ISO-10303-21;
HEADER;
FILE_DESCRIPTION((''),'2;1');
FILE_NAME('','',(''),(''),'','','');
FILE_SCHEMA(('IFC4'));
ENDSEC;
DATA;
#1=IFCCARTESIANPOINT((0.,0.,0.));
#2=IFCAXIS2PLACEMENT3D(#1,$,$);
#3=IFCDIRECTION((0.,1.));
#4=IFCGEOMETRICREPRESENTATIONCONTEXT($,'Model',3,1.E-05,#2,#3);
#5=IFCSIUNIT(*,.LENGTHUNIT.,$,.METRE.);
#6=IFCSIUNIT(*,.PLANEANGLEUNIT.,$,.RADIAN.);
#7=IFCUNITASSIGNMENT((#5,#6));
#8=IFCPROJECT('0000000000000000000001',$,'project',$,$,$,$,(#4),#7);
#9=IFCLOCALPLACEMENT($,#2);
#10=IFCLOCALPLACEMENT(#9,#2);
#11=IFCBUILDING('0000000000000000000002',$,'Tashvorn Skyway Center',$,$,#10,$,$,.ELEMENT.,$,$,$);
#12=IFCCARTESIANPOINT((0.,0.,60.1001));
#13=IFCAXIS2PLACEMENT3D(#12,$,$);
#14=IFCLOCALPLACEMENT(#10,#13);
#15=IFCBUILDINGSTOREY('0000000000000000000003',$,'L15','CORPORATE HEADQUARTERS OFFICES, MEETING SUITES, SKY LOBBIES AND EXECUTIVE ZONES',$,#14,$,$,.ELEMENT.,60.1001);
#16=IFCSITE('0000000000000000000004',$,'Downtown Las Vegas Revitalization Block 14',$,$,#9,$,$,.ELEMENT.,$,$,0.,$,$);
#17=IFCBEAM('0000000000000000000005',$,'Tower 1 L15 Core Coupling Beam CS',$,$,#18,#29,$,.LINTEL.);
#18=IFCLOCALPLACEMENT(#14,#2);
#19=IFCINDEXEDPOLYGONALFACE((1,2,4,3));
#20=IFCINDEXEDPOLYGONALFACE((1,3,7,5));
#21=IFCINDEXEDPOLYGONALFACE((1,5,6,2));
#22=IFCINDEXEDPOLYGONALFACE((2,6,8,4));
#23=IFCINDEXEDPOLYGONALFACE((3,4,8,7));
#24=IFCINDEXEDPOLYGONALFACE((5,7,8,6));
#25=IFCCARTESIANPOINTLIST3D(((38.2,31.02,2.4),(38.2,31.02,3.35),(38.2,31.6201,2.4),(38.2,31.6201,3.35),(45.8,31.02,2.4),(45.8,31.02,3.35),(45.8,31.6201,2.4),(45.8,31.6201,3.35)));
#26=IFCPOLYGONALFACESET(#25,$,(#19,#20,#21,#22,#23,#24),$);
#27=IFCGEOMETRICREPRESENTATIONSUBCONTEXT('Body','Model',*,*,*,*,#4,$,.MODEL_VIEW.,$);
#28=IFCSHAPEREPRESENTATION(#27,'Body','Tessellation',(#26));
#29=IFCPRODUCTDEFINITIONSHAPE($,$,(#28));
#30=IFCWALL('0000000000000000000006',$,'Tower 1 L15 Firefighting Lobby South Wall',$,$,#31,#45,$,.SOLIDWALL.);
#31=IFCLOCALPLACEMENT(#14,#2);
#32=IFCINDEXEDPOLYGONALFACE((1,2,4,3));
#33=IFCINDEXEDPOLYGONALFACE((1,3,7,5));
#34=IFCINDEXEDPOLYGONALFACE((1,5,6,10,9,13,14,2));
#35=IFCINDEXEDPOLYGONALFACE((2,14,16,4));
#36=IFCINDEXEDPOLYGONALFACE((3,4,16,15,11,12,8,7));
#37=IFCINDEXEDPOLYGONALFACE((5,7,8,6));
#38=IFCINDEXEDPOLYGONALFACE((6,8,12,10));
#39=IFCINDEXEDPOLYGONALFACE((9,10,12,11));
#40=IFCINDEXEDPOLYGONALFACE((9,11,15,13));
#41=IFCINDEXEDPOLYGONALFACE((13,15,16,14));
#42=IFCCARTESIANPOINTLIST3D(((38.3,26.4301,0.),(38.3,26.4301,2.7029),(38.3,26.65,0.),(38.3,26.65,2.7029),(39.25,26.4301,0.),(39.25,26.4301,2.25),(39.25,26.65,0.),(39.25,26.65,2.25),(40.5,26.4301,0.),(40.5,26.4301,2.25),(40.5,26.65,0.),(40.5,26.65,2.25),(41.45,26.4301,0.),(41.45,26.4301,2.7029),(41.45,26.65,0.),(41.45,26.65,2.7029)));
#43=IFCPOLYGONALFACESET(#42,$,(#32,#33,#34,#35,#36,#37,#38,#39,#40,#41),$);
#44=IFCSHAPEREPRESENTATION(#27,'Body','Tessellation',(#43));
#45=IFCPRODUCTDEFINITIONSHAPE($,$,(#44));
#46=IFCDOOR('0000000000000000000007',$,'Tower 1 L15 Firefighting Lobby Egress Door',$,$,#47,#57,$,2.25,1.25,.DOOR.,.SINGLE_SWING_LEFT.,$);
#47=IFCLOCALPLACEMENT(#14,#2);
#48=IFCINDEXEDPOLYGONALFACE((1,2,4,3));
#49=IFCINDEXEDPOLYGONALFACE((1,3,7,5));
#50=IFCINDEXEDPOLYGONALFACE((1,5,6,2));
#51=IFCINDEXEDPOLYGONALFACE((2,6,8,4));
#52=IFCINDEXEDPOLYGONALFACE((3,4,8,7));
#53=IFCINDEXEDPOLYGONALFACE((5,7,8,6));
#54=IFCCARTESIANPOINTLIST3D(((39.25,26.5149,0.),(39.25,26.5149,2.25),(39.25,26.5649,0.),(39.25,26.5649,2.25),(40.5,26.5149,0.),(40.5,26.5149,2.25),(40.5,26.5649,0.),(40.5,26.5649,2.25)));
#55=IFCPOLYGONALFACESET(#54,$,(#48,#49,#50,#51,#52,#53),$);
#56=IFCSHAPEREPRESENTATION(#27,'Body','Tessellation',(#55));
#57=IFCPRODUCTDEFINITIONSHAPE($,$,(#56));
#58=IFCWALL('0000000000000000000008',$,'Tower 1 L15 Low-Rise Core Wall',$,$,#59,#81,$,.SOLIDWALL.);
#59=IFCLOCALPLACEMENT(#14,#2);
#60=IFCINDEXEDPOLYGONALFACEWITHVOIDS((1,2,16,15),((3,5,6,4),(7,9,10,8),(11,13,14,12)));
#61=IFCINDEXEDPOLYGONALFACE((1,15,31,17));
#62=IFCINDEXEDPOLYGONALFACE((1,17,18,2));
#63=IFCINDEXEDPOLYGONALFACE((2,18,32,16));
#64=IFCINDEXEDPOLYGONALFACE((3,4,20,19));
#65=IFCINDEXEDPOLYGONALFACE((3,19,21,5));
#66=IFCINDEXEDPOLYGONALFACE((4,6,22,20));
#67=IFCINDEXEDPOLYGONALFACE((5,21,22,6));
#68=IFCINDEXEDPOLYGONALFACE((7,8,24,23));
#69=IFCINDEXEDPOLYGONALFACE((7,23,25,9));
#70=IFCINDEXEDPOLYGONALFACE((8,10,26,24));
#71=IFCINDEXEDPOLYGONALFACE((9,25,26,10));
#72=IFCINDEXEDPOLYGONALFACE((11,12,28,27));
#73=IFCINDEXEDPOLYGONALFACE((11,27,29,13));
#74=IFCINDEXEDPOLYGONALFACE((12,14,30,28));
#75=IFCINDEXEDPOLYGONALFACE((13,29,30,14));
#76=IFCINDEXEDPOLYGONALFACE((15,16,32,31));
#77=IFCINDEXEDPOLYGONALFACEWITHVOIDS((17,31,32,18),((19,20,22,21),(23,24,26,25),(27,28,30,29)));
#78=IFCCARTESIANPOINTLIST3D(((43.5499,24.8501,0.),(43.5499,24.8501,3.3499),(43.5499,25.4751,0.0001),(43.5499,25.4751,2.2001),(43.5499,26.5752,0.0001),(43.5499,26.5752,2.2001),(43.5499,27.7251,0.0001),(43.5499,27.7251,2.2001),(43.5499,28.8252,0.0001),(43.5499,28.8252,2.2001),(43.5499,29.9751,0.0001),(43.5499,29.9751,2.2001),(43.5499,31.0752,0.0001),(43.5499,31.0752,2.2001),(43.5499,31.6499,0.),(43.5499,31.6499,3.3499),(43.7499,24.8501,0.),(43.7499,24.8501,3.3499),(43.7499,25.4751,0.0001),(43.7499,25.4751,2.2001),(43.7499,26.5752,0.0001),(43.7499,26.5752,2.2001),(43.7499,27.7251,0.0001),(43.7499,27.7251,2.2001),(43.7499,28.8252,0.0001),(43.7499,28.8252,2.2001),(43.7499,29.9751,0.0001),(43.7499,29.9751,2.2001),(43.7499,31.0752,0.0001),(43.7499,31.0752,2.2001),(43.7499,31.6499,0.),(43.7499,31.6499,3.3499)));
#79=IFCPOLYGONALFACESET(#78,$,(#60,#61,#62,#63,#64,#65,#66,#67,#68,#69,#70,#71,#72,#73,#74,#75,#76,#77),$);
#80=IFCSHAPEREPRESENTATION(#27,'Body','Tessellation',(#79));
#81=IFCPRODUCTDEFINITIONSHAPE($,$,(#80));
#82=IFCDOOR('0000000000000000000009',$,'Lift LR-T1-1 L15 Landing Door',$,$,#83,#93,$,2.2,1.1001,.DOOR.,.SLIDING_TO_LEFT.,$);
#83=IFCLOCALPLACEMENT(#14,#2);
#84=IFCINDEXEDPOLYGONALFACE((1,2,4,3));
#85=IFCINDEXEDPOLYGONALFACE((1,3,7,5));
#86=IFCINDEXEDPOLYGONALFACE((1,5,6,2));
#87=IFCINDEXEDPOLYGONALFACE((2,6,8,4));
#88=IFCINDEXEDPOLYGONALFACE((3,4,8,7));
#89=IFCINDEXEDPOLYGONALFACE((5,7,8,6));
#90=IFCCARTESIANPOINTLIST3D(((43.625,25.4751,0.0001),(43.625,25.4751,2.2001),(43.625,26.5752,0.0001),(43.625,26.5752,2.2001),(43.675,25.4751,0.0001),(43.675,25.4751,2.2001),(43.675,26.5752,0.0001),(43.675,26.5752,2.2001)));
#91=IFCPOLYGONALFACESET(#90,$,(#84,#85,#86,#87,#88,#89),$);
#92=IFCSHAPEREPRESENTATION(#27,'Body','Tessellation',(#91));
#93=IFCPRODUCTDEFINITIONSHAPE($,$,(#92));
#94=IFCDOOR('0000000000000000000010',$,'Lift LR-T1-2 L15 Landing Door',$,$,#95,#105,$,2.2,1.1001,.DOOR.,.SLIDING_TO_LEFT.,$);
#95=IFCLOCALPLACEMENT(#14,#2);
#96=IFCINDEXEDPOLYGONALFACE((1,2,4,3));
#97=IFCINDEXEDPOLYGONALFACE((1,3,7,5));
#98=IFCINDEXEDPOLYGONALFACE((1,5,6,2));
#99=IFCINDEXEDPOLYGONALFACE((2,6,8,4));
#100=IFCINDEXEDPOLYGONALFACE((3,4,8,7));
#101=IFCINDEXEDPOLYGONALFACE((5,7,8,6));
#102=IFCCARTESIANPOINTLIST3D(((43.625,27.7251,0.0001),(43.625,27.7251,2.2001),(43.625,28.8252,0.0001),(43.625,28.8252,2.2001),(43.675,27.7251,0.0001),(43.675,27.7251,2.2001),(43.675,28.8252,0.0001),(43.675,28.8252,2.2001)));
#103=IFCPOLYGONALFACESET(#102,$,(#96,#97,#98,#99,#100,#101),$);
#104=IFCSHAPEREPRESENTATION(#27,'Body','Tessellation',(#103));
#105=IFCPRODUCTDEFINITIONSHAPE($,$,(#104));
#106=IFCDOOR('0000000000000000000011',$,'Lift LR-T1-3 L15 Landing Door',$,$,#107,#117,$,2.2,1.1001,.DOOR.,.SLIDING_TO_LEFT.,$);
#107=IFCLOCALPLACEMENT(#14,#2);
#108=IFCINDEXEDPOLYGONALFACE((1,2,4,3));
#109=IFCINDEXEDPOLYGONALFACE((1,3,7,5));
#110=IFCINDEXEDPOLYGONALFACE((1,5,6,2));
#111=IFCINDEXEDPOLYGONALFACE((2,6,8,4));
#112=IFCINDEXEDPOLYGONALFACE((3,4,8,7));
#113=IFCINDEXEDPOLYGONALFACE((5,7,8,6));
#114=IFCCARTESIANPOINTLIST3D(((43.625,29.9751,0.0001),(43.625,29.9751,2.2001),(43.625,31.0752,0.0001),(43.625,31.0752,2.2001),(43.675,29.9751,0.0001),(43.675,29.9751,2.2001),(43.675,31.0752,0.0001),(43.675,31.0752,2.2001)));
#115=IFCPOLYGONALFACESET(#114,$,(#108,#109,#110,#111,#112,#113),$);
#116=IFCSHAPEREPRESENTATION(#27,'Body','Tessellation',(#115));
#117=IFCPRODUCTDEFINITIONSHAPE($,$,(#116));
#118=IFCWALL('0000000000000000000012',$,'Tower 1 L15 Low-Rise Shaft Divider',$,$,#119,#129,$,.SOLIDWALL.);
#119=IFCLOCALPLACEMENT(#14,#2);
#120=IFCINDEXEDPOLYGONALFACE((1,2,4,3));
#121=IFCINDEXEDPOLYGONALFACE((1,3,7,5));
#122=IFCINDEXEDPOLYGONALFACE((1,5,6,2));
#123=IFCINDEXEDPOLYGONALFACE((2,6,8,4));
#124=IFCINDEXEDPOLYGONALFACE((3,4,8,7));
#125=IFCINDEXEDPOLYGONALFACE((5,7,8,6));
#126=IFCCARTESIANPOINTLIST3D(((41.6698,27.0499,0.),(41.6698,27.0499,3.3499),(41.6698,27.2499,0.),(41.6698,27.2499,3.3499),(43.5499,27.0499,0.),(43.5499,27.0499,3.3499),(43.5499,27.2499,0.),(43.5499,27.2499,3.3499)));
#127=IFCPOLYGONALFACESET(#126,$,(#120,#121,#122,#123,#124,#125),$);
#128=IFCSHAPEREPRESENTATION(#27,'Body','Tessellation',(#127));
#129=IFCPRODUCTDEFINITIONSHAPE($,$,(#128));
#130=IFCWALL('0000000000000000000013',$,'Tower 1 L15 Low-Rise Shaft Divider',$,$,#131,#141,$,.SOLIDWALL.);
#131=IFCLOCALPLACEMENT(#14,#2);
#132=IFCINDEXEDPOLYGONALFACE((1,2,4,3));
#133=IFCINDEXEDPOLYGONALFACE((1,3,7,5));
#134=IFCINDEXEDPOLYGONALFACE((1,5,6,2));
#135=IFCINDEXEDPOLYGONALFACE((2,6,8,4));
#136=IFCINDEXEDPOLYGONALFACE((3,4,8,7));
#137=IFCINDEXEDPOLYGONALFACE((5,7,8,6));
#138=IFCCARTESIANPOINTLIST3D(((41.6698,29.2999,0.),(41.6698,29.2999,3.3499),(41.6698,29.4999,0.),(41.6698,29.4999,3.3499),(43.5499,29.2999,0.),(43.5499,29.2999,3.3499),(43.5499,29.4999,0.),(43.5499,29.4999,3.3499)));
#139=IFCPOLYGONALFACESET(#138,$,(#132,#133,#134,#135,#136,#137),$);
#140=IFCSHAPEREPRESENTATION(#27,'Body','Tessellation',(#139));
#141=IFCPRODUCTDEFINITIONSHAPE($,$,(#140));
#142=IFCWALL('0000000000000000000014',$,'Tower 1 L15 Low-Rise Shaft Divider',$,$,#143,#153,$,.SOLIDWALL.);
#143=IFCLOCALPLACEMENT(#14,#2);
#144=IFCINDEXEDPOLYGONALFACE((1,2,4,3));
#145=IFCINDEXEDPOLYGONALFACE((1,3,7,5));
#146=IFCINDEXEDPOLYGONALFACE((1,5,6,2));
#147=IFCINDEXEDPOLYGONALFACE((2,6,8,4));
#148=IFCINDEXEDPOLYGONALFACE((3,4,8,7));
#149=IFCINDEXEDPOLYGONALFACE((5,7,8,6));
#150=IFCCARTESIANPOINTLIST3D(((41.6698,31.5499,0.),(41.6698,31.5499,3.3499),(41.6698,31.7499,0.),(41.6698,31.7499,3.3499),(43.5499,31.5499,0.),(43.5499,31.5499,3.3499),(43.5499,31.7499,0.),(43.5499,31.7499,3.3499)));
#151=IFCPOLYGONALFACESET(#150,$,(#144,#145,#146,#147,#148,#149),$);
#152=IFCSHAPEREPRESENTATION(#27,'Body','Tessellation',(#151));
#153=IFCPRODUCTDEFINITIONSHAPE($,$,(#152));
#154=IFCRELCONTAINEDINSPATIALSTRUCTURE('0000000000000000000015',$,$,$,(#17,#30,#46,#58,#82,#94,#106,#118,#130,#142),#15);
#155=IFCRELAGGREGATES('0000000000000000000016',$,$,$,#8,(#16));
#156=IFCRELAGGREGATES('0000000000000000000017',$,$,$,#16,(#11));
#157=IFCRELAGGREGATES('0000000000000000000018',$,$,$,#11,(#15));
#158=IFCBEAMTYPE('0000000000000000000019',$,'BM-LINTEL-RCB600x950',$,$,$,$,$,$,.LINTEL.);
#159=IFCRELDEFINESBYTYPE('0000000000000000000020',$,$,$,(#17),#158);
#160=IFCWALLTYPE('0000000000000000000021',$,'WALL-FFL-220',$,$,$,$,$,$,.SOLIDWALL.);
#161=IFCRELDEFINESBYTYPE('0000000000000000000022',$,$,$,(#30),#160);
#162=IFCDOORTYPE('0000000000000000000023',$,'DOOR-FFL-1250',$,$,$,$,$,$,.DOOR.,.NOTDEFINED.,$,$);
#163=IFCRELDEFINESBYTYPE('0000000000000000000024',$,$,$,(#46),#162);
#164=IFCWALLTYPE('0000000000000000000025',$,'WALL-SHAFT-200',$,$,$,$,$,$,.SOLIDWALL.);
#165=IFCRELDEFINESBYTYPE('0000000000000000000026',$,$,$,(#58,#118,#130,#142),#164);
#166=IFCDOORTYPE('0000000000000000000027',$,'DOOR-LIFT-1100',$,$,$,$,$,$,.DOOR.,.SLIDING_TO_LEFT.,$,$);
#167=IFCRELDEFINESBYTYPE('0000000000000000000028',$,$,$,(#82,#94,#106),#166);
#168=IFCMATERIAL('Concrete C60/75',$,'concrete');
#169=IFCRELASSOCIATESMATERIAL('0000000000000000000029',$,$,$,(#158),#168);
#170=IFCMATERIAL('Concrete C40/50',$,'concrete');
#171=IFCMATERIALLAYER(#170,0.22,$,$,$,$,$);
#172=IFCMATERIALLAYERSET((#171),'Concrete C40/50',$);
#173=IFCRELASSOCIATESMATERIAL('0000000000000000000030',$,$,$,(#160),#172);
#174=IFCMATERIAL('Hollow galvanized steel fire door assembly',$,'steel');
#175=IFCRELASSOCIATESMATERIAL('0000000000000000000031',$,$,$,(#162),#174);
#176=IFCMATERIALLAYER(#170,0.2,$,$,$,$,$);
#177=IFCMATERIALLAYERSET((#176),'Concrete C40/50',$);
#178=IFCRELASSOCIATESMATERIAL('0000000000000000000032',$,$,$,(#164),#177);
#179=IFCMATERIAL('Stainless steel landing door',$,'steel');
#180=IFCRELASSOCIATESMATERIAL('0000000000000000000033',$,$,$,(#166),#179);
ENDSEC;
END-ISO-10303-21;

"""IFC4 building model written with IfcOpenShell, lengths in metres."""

from ifc_helpers import new_model, si_unit, direction, frame, frame_2d, origin, origin_2d, place, context, subcontext, project, spatial, rectangle, extrude, material, layer, layer_set, material_profile, profile_set, type_object, element, fill, save


model = new_model("IFC4")

# Units and contexts
model_context = context("Model", 3, precision=1e-05, world=origin(), true_north=direction((0.0, 1.0)))
body_context = subcontext(model_context, "Body", "Model", "MODEL_VIEW")
ifc_project = project(units=[si_unit("LENGTHUNIT", "METRE"), si_unit("PLANEANGLEUNIT", "RADIAN")], contexts=[model_context])

# Site, building, storey
site_placement = place(None, origin())
site = spatial("IfcSite", under=ifc_project, at=site_placement, Name="Downtown Las Vegas Revitalization Block 14", CompositionType="ELEMENT", RefElevation=0.0)
building_placement = place(site_placement, origin())
building = spatial("IfcBuilding", under=site, at=building_placement, Name="Tashvorn Skyway Center", CompositionType="ELEMENT")
storey_placement = place(building_placement, frame((0.0, 0.0, 60.1001)))
storey = spatial("IfcBuildingStorey", under=building, at=storey_placement, Name="L15", Description="CORPORATE HEADQUARTERS OFFICES, MEETING SUITES, SKY LOBBIES AND EXECUTIVE ZONES", CompositionType="ELEMENT", Elevation=60.1001)

# Beam
ifc_material_1 = material(Name="Concrete C60/75", Category="concrete")
ifc_material_profile = material_profile(ifc_material_1, rectangle(XDim=0.6001, YDim=0.95, at=origin_2d()), Name="RCB600x950")
ifc_profile_set = profile_set([ifc_material_profile], Name="Concrete C60/75")
beam_type = type_object("IfcBeamType", Name="BM-LINTEL-RCB600x950", PredefinedType="LINTEL", material=ifc_profile_set)
beam_placement = place(storey_placement, frame((38.2, 31.3201, 2.875), z_axis=(1.0, 0.0, 0.0), x_axis=(0.0, 1.0, 0.0)))
element("IfcBeam", 1, at=beam_placement, inside=storey, type_object=beam_type, Name="Tower 1 L15 Core Coupling Beam CS", PredefinedType="LINTEL", context=body_context, shape_type="SweptSolid", body=[
    extrude(rectangle(XDim=0.6001, YDim=0.95, at=origin_2d()), origin(), (0.0, 0.0, 1.0), 7.6001),
])

# Wall, opening, door
ifc_material_2 = material(Name="Concrete C40/50", Category="concrete")
ifc_layer_1 = layer(ifc_material_2, 0.22)
ifc_layer_set_1 = layer_set([ifc_layer_1], Name="Concrete C40/50")
wall_type_1 = type_object("IfcWallType", Name="WALL-FFL-220", PredefinedType="SOLIDWALL", material=ifc_layer_set_1)
wall_1_placement = place(storey_placement, frame((38.3, 26.54, 0.0), z_axis=(0.0, 0.0, 1.0), x_axis=(1.0, 0.0, 0.0)))
wall_1 = element("IfcWall", 2, at=wall_1_placement, inside=storey, type_object=wall_type_1, Name="Tower 1 L15 Firefighting Lobby South Wall", PredefinedType="SOLIDWALL", context=body_context, shape_type="SweptSolid", body=[
    extrude(rectangle(XDim=3.1499, YDim=0.22, at=frame_2d((1.575, 0.0))), origin(), (0.0, 0.0, 1.0), 2.7029),
])
opening_1_placement = place(wall_1_placement, frame((0.95, 0.0, 0.0)))
opening_1 = element("IfcOpeningElement", 3, at=opening_1_placement, cuts=wall_1, PredefinedType="OPENING", context=body_context, shape_type="SweptSolid", body=[
    extrude(rectangle(XDim=1.25, YDim=2.25, at=frame_2d((0.625, 1.125))), frame((0.0, 0.1199, 0.0), z_axis=(0.0, -1.0, 0.0), x_axis=(1.0, 0.0, 0.0)), (0.0, 0.0, 1.0), 0.24),
])
ifc_material_3 = material(Name="Hollow galvanized steel fire door assembly", Category="steel")
door_type_1 = type_object("IfcDoorType", Name="DOOR-FFL-1250", OperationType="NOTDEFINED", PredefinedType="DOOR", material=ifc_material_3)
door_1_placement = place(opening_1_placement, origin())
door_1 = element("IfcDoor", 4, at=door_1_placement, inside=storey, type_object=door_type_1, Name="Tower 1 L15 Firefighting Lobby Egress Door", OperationType="SINGLE_SWING_LEFT", OverallHeight=2.25, OverallWidth=1.25, PredefinedType="DOOR", context=body_context, shape_type="SweptSolid", body=[
    extrude(rectangle(XDim=1.25, YDim=2.25, at=frame_2d((0.625, 1.125))), frame((0.0, 0.0249, 0.0), z_axis=(0.0, -1.0, 0.0), x_axis=(1.0, 0.0, 0.0)), (0.0, 0.0, 1.0), 0.05),
])
fill(opening_1, door_1)

# Wall, openings, doors
ifc_layer_2 = layer(ifc_material_2, 0.2)
ifc_layer_set_2 = layer_set([ifc_layer_2], Name="Concrete C40/50")
wall_type_2 = type_object("IfcWallType", Name="WALL-SHAFT-200", PredefinedType="SOLIDWALL", material=ifc_layer_set_2)
wall_2_placement = place(storey_placement, frame((43.6499, 24.8501, 0.0), z_axis=(0.0, 0.0, 1.0), x_axis=(0.0, 1.0, 0.0)))
wall_2 = element("IfcWall", 5, at=wall_2_placement, inside=storey, type_object=wall_type_2, Name="Tower 1 L15 Low-Rise Core Wall", PredefinedType="SOLIDWALL", context=body_context, shape_type="SweptSolid", body=[
    extrude(rectangle(XDim=6.7998, YDim=0.2, at=frame_2d((3.3999, 0.0))), origin(), (0.0, 0.0, 1.0), 3.3499),
])
opening_2_placement = place(wall_2_placement, frame((0.625, 0.0, 0.0)))
opening_2 = element("IfcOpeningElement", 6, at=opening_2_placement, cuts=wall_2, PredefinedType="OPENING", context=body_context, shape_type="SweptSolid", body=[
    extrude(rectangle(XDim=1.1001, YDim=2.2, at=frame_2d((0.55, 1.1001))), frame((0.0, 0.1099, 0.0), z_axis=(0.0, -1.0, 0.0), x_axis=(1.0, 0.0, 0.0)), (0.0, 0.0, 1.0), 0.22),
])
opening_3_placement = place(wall_2_placement, frame((2.875, 0.0, 0.0)))
opening_3 = element("IfcOpeningElement", 7, at=opening_3_placement, cuts=wall_2, PredefinedType="OPENING", context=body_context, shape_type="SweptSolid", body=[
    extrude(rectangle(XDim=1.1001, YDim=2.2, at=frame_2d((0.55, 1.1001))), frame((0.0, 0.1099, 0.0), z_axis=(0.0, -1.0, 0.0), x_axis=(1.0, 0.0, 0.0)), (0.0, 0.0, 1.0), 0.22),
])
opening_4_placement = place(wall_2_placement, frame((5.125, 0.0, 0.0)))
opening_4 = element("IfcOpeningElement", 8, at=opening_4_placement, cuts=wall_2, PredefinedType="OPENING", context=body_context, shape_type="SweptSolid", body=[
    extrude(rectangle(XDim=1.1001, YDim=2.2, at=frame_2d((0.55, 1.1001))), frame((0.0, 0.1099, 0.0), z_axis=(0.0, -1.0, 0.0), x_axis=(1.0, 0.0, 0.0)), (0.0, 0.0, 1.0), 0.22),
])
ifc_material_4 = material(Name="Stainless steel landing door", Category="steel")
door_type_2 = type_object("IfcDoorType", Name="DOOR-LIFT-1100", OperationType="SLIDING_TO_LEFT", PredefinedType="DOOR", material=ifc_material_4)
door_2_placement = place(opening_2_placement, origin())
door_2 = element("IfcDoor", 9, at=door_2_placement, inside=storey, type_object=door_type_2, Name="Lift LR-T1-1 L15 Landing Door", OperationType="SLIDING_TO_LEFT", OverallHeight=2.2, OverallWidth=1.1001, PredefinedType="DOOR", context=body_context, shape_type="SweptSolid", body=[
    extrude(rectangle(XDim=1.1001, YDim=2.2, at=frame_2d((0.55, 1.1001))), frame((0.0, 0.0249, 0.0), z_axis=(0.0, -1.0, 0.0), x_axis=(1.0, 0.0, 0.0)), (0.0, 0.0, 1.0), 0.05),
])
fill(opening_2, door_2)
door_3_placement = place(opening_3_placement, origin())
door_3 = element("IfcDoor", 10, at=door_3_placement, inside=storey, type_object=door_type_2, Name="Lift LR-T1-2 L15 Landing Door", OperationType="SLIDING_TO_LEFT", OverallHeight=2.2, OverallWidth=1.1001, PredefinedType="DOOR", context=body_context, shape_type="SweptSolid", body=[
    extrude(rectangle(XDim=1.1001, YDim=2.2, at=frame_2d((0.55, 1.1001))), frame((0.0, 0.0249, 0.0), z_axis=(0.0, -1.0, 0.0), x_axis=(1.0, 0.0, 0.0)), (0.0, 0.0, 1.0), 0.05),
])
fill(opening_3, door_3)
door_4_placement = place(opening_4_placement, origin())
door_4 = element("IfcDoor", 11, at=door_4_placement, inside=storey, type_object=door_type_2, Name="Lift LR-T1-3 L15 Landing Door", OperationType="SLIDING_TO_LEFT", OverallHeight=2.2, OverallWidth=1.1001, PredefinedType="DOOR", context=body_context, shape_type="SweptSolid", body=[
    extrude(rectangle(XDim=1.1001, YDim=2.2, at=frame_2d((0.55, 1.1001))), frame((0.0, 0.0249, 0.0), z_axis=(0.0, -1.0, 0.0), x_axis=(1.0, 0.0, 0.0)), (0.0, 0.0, 1.0), 0.05),
])
fill(opening_4, door_4)

# Walls
for number, where, z_axis, x_axis, name in (
    (12, (41.6699, 27.1499, 0.0), (0.0, 0.0, 1.0), (1.0, 0.0, 0.0), "Tower 1 L15 Low-Rise Shaft Divider"),
    (13, (41.6699, 29.3999, 0.0), (0.0, 0.0, 1.0), (1.0, 0.0, 0.0), "Tower 1 L15 Low-Rise Shaft Divider"),
    (14, (41.6699, 31.6499, 0.0), (0.0, 0.0, 1.0), (1.0, 0.0, 0.0), "Tower 1 L15 Low-Rise Shaft Divider"),
):
    element("IfcWall", number, at=place(storey_placement, frame(where, z_axis=z_axis, x_axis=x_axis)), inside=storey, type_object=wall_type_2, Name=name, PredefinedType="SOLIDWALL", context=body_context, shape_type="SweptSolid", body=[
        extrude(rectangle(XDim=1.8801, YDim=0.2, at=frame_2d((0.9399, 0.0))), origin(), (0.0, 0.0, 1.0), 3.3499),
    ])

save(model, "model.ifc")
